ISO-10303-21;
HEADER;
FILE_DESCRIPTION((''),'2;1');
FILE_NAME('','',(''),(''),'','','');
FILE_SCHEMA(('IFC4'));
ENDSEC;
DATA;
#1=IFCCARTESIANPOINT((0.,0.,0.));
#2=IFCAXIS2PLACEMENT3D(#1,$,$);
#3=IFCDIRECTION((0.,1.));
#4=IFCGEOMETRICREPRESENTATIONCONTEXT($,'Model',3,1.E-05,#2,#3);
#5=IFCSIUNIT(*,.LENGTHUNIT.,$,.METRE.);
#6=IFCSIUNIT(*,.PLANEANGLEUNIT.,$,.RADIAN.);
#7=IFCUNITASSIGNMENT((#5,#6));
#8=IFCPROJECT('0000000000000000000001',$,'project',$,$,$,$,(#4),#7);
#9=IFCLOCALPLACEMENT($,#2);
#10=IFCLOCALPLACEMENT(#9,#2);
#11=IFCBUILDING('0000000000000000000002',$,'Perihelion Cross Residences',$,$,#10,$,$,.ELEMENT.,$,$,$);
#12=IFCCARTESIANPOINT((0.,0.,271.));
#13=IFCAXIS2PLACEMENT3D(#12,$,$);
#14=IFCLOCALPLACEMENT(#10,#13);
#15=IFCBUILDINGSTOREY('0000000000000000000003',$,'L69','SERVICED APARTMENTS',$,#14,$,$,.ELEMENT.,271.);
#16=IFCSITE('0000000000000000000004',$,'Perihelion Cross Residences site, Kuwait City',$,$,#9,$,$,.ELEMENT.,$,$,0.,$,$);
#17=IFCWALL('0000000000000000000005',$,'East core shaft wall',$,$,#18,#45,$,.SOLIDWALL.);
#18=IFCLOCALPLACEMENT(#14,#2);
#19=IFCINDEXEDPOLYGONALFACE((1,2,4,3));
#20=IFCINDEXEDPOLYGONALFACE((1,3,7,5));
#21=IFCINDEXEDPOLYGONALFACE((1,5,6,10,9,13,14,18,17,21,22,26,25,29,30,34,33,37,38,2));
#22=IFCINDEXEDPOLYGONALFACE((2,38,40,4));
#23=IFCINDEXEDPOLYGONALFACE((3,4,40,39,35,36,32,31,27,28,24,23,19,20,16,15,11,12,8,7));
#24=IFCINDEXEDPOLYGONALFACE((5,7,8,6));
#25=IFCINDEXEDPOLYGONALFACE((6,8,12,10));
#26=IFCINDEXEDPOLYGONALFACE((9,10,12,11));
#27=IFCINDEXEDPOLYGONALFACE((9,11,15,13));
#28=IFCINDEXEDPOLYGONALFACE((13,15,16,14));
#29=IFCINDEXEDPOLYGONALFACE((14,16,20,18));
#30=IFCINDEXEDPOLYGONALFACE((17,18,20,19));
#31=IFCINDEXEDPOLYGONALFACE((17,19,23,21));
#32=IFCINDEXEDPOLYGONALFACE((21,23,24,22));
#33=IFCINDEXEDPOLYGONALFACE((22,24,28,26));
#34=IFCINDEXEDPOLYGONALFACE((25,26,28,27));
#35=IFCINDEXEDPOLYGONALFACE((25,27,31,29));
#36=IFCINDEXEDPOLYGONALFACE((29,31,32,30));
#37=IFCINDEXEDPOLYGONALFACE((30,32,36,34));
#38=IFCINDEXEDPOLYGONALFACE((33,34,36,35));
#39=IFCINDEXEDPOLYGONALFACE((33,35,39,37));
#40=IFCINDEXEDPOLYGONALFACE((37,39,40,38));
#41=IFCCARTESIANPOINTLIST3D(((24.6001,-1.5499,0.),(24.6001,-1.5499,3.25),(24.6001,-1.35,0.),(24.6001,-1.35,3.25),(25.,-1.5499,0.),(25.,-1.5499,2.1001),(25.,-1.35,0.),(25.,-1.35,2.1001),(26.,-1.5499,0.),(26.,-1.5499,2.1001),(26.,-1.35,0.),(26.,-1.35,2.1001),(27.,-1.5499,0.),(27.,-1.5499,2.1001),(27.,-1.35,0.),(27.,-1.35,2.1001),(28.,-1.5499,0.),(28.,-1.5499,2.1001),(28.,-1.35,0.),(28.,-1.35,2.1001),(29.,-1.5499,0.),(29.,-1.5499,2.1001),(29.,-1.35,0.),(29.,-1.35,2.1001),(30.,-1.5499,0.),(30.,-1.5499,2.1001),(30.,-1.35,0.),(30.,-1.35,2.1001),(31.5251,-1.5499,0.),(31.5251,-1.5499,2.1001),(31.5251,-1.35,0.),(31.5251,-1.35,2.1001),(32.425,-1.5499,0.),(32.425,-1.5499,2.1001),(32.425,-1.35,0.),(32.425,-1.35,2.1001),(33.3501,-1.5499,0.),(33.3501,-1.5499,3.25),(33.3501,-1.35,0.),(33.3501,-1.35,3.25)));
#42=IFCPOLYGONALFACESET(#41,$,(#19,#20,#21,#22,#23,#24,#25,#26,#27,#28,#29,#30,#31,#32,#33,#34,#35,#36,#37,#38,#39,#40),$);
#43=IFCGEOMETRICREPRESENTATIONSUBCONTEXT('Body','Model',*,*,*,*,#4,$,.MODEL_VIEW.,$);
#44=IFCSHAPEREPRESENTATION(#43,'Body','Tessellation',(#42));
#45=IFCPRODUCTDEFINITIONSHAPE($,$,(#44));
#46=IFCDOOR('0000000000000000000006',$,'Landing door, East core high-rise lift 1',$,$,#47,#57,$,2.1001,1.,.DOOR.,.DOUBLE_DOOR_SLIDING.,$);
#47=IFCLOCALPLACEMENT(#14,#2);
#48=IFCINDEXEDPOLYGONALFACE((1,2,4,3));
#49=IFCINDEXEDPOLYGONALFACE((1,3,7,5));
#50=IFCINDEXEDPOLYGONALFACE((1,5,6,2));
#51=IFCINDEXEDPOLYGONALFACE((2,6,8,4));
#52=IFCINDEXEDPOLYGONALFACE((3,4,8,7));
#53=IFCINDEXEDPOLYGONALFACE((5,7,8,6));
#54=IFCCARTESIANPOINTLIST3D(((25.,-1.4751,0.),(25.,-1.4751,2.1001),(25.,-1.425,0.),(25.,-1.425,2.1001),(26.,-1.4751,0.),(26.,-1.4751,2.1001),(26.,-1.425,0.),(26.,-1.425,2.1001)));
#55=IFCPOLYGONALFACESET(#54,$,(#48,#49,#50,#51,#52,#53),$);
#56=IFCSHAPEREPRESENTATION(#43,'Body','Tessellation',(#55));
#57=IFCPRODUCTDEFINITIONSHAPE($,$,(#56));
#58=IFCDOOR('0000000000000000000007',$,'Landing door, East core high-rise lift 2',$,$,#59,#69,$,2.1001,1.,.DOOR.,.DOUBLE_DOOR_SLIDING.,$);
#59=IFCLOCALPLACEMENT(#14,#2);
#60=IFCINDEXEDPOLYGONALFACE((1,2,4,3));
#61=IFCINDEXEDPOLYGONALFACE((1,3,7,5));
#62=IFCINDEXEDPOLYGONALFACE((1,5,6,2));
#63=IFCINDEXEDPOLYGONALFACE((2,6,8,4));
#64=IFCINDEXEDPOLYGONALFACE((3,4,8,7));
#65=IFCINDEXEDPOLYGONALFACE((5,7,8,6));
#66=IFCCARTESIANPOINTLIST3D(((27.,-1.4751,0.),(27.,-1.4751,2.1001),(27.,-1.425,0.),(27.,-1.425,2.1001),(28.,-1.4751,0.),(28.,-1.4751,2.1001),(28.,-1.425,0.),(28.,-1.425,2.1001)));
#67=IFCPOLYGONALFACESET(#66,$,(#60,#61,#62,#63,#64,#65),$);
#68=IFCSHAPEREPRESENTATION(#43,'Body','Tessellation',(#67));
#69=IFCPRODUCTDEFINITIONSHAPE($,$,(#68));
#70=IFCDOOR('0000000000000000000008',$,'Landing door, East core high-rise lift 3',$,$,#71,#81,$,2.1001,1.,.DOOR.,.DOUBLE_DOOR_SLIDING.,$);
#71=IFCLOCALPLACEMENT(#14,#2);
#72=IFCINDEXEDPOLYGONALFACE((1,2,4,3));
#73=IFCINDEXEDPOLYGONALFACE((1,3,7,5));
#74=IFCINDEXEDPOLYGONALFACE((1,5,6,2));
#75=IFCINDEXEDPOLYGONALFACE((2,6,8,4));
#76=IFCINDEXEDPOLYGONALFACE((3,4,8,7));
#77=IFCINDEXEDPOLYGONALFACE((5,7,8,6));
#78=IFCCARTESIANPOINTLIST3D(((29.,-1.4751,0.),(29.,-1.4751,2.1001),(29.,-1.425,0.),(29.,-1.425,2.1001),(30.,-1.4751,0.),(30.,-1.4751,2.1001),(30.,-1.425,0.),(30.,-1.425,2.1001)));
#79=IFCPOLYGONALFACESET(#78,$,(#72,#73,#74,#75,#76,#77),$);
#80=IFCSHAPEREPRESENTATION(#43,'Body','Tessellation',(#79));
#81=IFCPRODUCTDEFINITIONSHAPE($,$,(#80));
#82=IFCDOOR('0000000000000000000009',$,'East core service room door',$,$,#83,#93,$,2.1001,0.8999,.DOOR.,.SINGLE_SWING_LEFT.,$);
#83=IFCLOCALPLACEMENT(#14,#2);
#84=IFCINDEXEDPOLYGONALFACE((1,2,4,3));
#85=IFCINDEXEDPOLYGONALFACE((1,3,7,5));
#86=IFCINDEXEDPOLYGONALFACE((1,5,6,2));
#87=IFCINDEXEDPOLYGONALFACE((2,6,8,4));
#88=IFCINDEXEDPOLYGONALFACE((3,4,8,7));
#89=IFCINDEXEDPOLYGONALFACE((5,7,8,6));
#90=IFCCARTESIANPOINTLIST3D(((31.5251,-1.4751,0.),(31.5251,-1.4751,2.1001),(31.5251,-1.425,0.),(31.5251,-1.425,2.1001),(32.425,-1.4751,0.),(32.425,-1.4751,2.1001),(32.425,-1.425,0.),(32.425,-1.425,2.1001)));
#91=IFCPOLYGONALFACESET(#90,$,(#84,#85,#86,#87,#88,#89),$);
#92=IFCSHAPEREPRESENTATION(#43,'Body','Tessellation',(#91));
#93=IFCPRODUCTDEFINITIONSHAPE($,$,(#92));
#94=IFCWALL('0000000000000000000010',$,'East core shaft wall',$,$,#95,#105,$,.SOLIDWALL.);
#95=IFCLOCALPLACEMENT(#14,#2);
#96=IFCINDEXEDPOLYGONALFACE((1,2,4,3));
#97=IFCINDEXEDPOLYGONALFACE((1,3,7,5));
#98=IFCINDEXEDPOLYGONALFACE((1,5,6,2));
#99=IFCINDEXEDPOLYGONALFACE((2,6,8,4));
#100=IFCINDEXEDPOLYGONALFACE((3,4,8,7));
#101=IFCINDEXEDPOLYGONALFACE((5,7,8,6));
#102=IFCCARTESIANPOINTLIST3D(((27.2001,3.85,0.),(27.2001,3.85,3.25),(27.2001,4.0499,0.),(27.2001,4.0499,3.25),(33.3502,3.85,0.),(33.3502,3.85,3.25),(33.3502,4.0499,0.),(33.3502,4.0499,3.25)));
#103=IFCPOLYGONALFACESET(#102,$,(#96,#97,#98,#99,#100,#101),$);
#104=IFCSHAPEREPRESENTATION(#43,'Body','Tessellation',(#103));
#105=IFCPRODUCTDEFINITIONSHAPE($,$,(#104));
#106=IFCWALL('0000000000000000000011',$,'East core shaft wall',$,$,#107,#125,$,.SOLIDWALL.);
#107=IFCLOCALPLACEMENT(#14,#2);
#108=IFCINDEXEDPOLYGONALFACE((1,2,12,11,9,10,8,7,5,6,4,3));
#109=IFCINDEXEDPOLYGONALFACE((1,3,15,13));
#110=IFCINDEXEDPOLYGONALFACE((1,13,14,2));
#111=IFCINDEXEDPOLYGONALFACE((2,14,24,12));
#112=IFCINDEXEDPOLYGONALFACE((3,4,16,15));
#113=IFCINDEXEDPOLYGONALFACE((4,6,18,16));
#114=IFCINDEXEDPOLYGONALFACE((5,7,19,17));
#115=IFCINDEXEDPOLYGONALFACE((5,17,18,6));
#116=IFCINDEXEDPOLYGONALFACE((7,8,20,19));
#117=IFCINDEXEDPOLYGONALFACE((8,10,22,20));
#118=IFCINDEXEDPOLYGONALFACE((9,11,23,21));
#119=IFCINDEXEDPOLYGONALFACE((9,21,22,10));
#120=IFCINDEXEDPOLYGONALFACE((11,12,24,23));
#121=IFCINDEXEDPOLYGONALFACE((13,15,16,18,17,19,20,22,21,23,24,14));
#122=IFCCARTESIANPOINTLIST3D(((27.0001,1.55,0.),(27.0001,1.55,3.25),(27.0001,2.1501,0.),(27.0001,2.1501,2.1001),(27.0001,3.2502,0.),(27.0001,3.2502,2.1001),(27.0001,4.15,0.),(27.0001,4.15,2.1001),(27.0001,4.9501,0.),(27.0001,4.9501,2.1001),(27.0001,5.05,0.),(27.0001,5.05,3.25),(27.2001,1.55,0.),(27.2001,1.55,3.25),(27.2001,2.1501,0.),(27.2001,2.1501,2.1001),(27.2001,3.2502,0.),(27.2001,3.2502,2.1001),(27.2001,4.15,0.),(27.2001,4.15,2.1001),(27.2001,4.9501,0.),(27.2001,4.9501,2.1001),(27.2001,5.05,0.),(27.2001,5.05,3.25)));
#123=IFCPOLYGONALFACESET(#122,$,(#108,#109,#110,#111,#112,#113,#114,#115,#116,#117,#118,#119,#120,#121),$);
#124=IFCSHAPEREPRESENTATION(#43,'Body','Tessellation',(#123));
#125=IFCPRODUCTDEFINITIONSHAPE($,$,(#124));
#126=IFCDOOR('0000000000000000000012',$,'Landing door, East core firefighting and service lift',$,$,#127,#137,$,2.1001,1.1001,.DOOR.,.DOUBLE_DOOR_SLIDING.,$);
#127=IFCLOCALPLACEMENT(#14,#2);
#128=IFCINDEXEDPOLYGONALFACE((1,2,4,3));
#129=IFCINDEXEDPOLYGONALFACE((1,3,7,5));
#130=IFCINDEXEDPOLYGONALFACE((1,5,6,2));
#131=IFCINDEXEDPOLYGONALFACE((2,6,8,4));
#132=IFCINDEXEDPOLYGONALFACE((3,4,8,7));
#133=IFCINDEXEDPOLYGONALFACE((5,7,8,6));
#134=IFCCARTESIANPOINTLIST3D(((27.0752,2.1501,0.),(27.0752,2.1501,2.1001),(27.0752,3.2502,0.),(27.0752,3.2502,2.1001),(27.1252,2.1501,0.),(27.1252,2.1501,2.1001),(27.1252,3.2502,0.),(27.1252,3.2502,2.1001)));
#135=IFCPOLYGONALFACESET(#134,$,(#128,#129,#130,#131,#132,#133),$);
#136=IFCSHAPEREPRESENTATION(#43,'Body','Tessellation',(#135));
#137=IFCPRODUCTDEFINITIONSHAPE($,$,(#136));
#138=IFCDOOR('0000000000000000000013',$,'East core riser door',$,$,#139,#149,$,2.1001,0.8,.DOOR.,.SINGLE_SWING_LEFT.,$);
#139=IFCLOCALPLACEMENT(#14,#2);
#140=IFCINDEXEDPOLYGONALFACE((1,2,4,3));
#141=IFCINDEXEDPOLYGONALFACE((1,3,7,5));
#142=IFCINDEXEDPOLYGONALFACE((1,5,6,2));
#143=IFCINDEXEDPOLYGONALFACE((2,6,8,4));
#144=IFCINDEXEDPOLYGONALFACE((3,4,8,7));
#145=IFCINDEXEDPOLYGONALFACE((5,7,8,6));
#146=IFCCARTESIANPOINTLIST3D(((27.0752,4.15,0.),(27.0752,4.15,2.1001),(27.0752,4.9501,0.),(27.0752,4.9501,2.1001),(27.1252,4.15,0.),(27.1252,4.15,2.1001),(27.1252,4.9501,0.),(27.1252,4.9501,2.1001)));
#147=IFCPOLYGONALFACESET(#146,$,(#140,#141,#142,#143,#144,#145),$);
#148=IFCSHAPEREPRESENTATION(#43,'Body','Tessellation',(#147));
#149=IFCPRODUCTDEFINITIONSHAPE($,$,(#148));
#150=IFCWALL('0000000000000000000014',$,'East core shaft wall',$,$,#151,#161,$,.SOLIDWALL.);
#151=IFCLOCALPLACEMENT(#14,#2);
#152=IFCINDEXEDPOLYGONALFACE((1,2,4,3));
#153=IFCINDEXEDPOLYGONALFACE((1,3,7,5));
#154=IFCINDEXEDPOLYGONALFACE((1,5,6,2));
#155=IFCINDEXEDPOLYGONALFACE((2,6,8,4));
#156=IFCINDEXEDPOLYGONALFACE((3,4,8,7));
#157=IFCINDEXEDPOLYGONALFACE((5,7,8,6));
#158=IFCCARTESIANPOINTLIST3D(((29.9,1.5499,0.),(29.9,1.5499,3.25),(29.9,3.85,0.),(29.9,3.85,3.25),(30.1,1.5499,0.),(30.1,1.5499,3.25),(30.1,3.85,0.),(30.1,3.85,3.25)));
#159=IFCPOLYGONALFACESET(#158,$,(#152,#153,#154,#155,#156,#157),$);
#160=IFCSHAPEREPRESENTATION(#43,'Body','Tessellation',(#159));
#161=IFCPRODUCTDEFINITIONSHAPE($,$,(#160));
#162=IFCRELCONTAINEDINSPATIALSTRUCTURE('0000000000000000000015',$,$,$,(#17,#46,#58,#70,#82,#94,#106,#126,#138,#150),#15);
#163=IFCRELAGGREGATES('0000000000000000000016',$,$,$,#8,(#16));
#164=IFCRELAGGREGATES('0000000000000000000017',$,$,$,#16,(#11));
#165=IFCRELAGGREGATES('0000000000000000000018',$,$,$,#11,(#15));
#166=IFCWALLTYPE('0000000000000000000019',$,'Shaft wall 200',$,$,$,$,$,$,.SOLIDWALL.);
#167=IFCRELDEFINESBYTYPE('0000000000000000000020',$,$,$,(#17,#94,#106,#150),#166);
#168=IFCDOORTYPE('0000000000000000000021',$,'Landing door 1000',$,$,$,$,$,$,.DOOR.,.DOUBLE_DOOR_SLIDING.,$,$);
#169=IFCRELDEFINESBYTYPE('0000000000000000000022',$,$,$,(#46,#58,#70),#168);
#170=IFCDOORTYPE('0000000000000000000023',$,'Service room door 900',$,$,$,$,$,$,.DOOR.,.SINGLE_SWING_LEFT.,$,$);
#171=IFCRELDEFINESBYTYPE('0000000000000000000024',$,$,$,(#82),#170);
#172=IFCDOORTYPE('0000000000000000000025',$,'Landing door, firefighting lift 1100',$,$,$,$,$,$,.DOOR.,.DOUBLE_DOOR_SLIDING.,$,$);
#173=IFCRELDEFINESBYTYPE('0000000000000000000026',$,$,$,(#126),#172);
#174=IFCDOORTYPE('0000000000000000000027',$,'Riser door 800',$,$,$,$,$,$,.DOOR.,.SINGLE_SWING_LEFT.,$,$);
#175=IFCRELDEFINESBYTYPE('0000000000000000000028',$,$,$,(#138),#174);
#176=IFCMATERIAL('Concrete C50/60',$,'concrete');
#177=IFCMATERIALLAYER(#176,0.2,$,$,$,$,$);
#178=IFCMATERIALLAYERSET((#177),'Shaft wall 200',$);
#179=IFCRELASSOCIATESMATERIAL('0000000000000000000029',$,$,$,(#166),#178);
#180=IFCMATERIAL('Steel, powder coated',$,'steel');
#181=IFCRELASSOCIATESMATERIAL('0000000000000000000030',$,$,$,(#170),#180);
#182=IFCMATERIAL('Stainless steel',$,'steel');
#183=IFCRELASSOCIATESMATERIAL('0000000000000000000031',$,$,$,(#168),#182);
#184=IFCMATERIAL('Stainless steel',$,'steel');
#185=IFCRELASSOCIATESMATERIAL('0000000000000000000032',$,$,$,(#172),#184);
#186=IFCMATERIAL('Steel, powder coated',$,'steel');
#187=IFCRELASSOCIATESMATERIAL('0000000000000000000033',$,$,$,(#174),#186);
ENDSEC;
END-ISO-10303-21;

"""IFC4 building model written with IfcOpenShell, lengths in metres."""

from ifc_helpers import new_model, si_unit, direction, frame, frame_2d, origin, place, context, subcontext, project, spatial, rectangle, extrude, material, layer, layer_set, type_object, element, fill, save


model = new_model("IFC4")

# Units and contexts
model_context = context("Model", 3, precision=1e-05, world=origin(), true_north=direction((0.0, 1.0)))
body_context = subcontext(model_context, "Body", "Model", "MODEL_VIEW")
ifc_project = project(units=[si_unit("LENGTHUNIT", "METRE"), si_unit("PLANEANGLEUNIT", "RADIAN")], contexts=[model_context])

# Site, building, storey
site_placement = place(None, origin())
site = spatial("IfcSite", under=ifc_project, at=site_placement, Name="Perihelion Cross Residences site, Kuwait City", CompositionType="ELEMENT", RefElevation=0.0)
building_placement = place(site_placement, origin())
building = spatial("IfcBuilding", under=site, at=building_placement, Name="Perihelion Cross Residences", CompositionType="ELEMENT")
storey_placement = place(building_placement, frame((0.0, 0.0, 271.0)))
storey = spatial("IfcBuildingStorey", under=building, at=storey_placement, Name="L69", Description="SERVICED APARTMENTS", CompositionType="ELEMENT", Elevation=271.0)

# Wall, openings, doors
ifc_material_1 = material(Name="Concrete C50/60", Category="concrete")
ifc_layer_1 = layer(ifc_material_1, 0.2)
ifc_layer_set_1 = layer_set([ifc_layer_1], Name="Shaft wall 200")
wall_type_1 = type_object("IfcWallType", Name="Shaft wall 200", PredefinedType="SOLIDWALL", material=ifc_layer_set_1)
ifc_material_2 = material(Name="Steel, powder coated", Category="steel")
door_type_1 = type_object("IfcDoorType", Name="Service room door 900", OperationType="SINGLE_SWING_LEFT", PredefinedType="DOOR", material=ifc_material_2)
wall_1_placement = place(storey_placement, frame((24.6001, -1.45, 0.0), z_axis=(0.0, 0.0, 1.0), x_axis=(1.0, 0.0, 0.0)))
wall_1 = element("IfcWall", 1, at=wall_1_placement, inside=storey, type_object=wall_type_1, Name="East core shaft wall", PredefinedType="SOLIDWALL", context=body_context, shape_type="SweptSolid", body=[
    extrude(rectangle(XDim=8.75, YDim=0.2, at=frame_2d((4.375, 0.0))), origin(), (0.0, 0.0, 1.0), 3.25),
])
opening_1_placement = place(wall_1_placement, frame((0.3999, 0.0, 0.0)))
opening_1 = element("IfcOpeningElement", 2, at=opening_1_placement, cuts=wall_1, PredefinedType="OPENING", context=body_context, shape_type="SweptSolid", body=[
    extrude(rectangle(XDim=1.0, YDim=2.1001, at=frame_2d((0.5, 1.05))), frame((0.0, 0.1099, 0.0), z_axis=(0.0, -1.0, 0.0), x_axis=(1.0, 0.0, 0.0)), (0.0, 0.0, 1.0), 0.22),
])
opening_2_placement = place(wall_1_placement, frame((2.3999, 0.0, 0.0)))
opening_2 = element("IfcOpeningElement", 3, at=opening_2_placement, cuts=wall_1, PredefinedType="OPENING", context=body_context, shape_type="SweptSolid", body=[
    extrude(rectangle(XDim=1.0, YDim=2.1001, at=frame_2d((0.5, 1.05))), frame((0.0, 0.1099, 0.0), z_axis=(0.0, -1.0, 0.0), x_axis=(1.0, 0.0, 0.0)), (0.0, 0.0, 1.0), 0.22),
])
opening_3_placement = place(wall_1_placement, frame((4.3999, 0.0, 0.0)))
opening_3 = element("IfcOpeningElement", 4, at=opening_3_placement, cuts=wall_1, PredefinedType="OPENING", context=body_context, shape_type="SweptSolid", body=[
    extrude(rectangle(XDim=1.0, YDim=2.1001, at=frame_2d((0.5, 1.05))), frame((0.0, 0.1099, 0.0), z_axis=(0.0, -1.0, 0.0), x_axis=(1.0, 0.0, 0.0)), (0.0, 0.0, 1.0), 0.22),
])
opening_4_placement = place(wall_1_placement, frame((6.925, 0.0, 0.0)))
opening_4 = element("IfcOpeningElement", 5, at=opening_4_placement, cuts=wall_1, PredefinedType="OPENING", context=body_context, shape_type="SweptSolid", body=[
    extrude(rectangle(XDim=0.8999, YDim=2.1001, at=frame_2d((0.45, 1.05))), frame((0.0, 0.1099, 0.0), z_axis=(0.0, -1.0, 0.0), x_axis=(1.0, 0.0, 0.0)), (0.0, 0.0, 1.0), 0.22),
])
ifc_material_3 = material(Name="Stainless steel", Category="steel")
door_type_2 = type_object("IfcDoorType", Name="Landing door 1000", OperationType="DOUBLE_DOOR_SLIDING", PredefinedType="DOOR", material=ifc_material_3)
door_1_placement = place(opening_1_placement, origin())
door_1 = element("IfcDoor", 6, at=door_1_placement, inside=storey, type_object=door_type_2, Name="Landing door, East core high-rise lift 1", OperationType="DOUBLE_DOOR_SLIDING", OverallHeight=2.1001, OverallWidth=1.0, PredefinedType="DOOR", context=body_context, shape_type="SweptSolid", body=[
    extrude(rectangle(XDim=1.0, YDim=2.1001, at=frame_2d((0.5, 1.05))), frame((0.0, 0.0249, 0.0), z_axis=(0.0, -1.0, 0.0), x_axis=(1.0, 0.0, 0.0)), (0.0, 0.0, 1.0), 0.05),
])
fill(opening_1, door_1)
door_2_placement = place(opening_2_placement, origin())
door_2 = element("IfcDoor", 7, at=door_2_placement, inside=storey, type_object=door_type_2, Name="Landing door, East core high-rise lift 2", OperationType="DOUBLE_DOOR_SLIDING", OverallHeight=2.1001, OverallWidth=1.0, PredefinedType="DOOR", context=body_context, shape_type="SweptSolid", body=[
    extrude(rectangle(XDim=1.0, YDim=2.1001, at=frame_2d((0.5, 1.05))), frame((0.0, 0.0249, 0.0), z_axis=(0.0, -1.0, 0.0), x_axis=(1.0, 0.0, 0.0)), (0.0, 0.0, 1.0), 0.05),
])
fill(opening_2, door_2)
door_3_placement = place(opening_3_placement, origin())
door_3 = element("IfcDoor", 8, at=door_3_placement, inside=storey, type_object=door_type_2, Name="Landing door, East core high-rise lift 3", OperationType="DOUBLE_DOOR_SLIDING", OverallHeight=2.1001, OverallWidth=1.0, PredefinedType="DOOR", context=body_context, shape_type="SweptSolid", body=[
    extrude(rectangle(XDim=1.0, YDim=2.1001, at=frame_2d((0.5, 1.05))), frame((0.0, 0.0249, 0.0), z_axis=(0.0, -1.0, 0.0), x_axis=(1.0, 0.0, 0.0)), (0.0, 0.0, 1.0), 0.05),
])
fill(opening_3, door_3)
door_4_placement = place(opening_4_placement, origin())
door_4 = element("IfcDoor", 9, at=door_4_placement, inside=storey, type_object=door_type_1, Name="East core service room door", OperationType="SINGLE_SWING_LEFT", OverallHeight=2.1001, OverallWidth=0.8999, PredefinedType="DOOR", context=body_context, shape_type="SweptSolid", body=[
    extrude(rectangle(XDim=0.8999, YDim=2.1001, at=frame_2d((0.45, 1.05))), frame((0.0, 0.0249, 0.0), z_axis=(0.0, -1.0, 0.0), x_axis=(1.0, 0.0, 0.0)), (0.0, 0.0, 1.0), 0.05),
])
fill(opening_4, door_4)

# Wall
wall_2_placement = place(storey_placement, frame((27.2, 3.95, 0.0), z_axis=(0.0, 0.0, 1.0), x_axis=(1.0, 0.0, 0.0)))
element("IfcWall", 10, at=wall_2_placement, inside=storey, type_object=wall_type_1, Name="East core shaft wall", PredefinedType="SOLIDWALL", context=body_context, shape_type="SweptSolid", body=[
    extrude(rectangle(XDim=6.1501, YDim=0.2, at=frame_2d((3.0752, 0.0))), origin(), (0.0, 0.0, 1.0), 3.25),
])

# Wall, openings, doors
wall_3_placement = place(storey_placement, frame((27.1001, 1.55, 0.0), z_axis=(0.0, 0.0, 1.0), x_axis=(0.0, 1.0, 0.0)))
wall_3 = element("IfcWall", 11, at=wall_3_placement, inside=storey, type_object=wall_type_1, Name="East core shaft wall", PredefinedType="SOLIDWALL", context=body_context, shape_type="SweptSolid", body=[
    extrude(rectangle(XDim=3.5, YDim=0.2, at=frame_2d((1.75, 0.0))), origin(), (0.0, 0.0, 1.0), 3.25),
])
opening_5_placement = place(wall_3_placement, frame((0.6001, 0.0, 0.0)))
opening_5 = element("IfcOpeningElement", 12, at=opening_5_placement, cuts=wall_3, PredefinedType="OPENING", context=body_context, shape_type="SweptSolid", body=[
    extrude(rectangle(XDim=1.1001, YDim=2.1001, at=frame_2d((0.55, 1.05))), frame((0.0, 0.1099, 0.0), z_axis=(0.0, -1.0, 0.0), x_axis=(1.0, 0.0, 0.0)), (0.0, 0.0, 1.0), 0.22),
])
opening_6_placement = place(wall_3_placement, frame((2.6001, 0.0, 0.0)))
opening_6 = element("IfcOpeningElement", 13, at=opening_6_placement, cuts=wall_3, PredefinedType="OPENING", context=body_context, shape_type="SweptSolid", body=[
    extrude(rectangle(XDim=0.8, YDim=2.1001, at=frame_2d((0.3999, 1.05))), frame((0.0, 0.1099, 0.0), z_axis=(0.0, -1.0, 0.0), x_axis=(1.0, 0.0, 0.0)), (0.0, 0.0, 1.0), 0.22),
])
ifc_material_4 = material(Name="Stainless steel", Category="steel")
door_type_3 = type_object("IfcDoorType", Name="Landing door, firefighting lift 1100", OperationType="DOUBLE_DOOR_SLIDING", PredefinedType="DOOR", material=ifc_material_4)
door_5_placement = place(opening_5_placement, origin())
door_5 = element("IfcDoor", 14, at=door_5_placement, inside=storey, type_object=door_type_3, Name="Landing door, East core firefighting and service lift", OperationType="DOUBLE_DOOR_SLIDING", OverallHeight=2.1001, OverallWidth=1.1001, PredefinedType="DOOR", context=body_context, shape_type="SweptSolid", body=[
    extrude(rectangle(XDim=1.1001, YDim=2.1001, at=frame_2d((0.55, 1.05))), frame((0.0, 0.0249, 0.0), z_axis=(0.0, -1.0, 0.0), x_axis=(1.0, 0.0, 0.0)), (0.0, 0.0, 1.0), 0.05),
])
fill(opening_5, door_5)
ifc_material_5 = material(Name="Steel, powder coated", Category="steel")
door_type_4 = type_object("IfcDoorType", Name="Riser door 800", OperationType="SINGLE_SWING_LEFT", PredefinedType="DOOR", material=ifc_material_5)
door_6_placement = place(opening_6_placement, origin())
door_6 = element("IfcDoor", 15, at=door_6_placement, inside=storey, type_object=door_type_4, Name="East core riser door", OperationType="SINGLE_SWING_LEFT", OverallHeight=2.1001, OverallWidth=0.8, PredefinedType="DOOR", context=body_context, shape_type="SweptSolid", body=[
    extrude(rectangle(XDim=0.8, YDim=2.1001, at=frame_2d((0.3999, 1.05))), frame((0.0, 0.0249, 0.0), z_axis=(0.0, -1.0, 0.0), x_axis=(1.0, 0.0, 0.0)), (0.0, 0.0, 1.0), 0.05),
])
fill(opening_6, door_6)

# Wall
for number, where, z_axis, x_axis, name in (
    (16, (30.0, 1.55, 0.0), (0.0, 0.0, 1.0), (0.0, 1.0, 0.0), "East core shaft wall"),
):
    element("IfcWall", number, at=place(storey_placement, frame(where, z_axis=z_axis, x_axis=x_axis)), inside=storey, type_object=wall_type_1, Name=name, PredefinedType="SOLIDWALL", context=body_context, shape_type="SweptSolid", body=[
        extrude(rectangle(XDim=2.3, YDim=0.2, at=frame_2d((1.1499, 0.0))), origin(), (0.0, 0.0, 1.0), 3.25),
    ])

save(model, "model.ifc")
